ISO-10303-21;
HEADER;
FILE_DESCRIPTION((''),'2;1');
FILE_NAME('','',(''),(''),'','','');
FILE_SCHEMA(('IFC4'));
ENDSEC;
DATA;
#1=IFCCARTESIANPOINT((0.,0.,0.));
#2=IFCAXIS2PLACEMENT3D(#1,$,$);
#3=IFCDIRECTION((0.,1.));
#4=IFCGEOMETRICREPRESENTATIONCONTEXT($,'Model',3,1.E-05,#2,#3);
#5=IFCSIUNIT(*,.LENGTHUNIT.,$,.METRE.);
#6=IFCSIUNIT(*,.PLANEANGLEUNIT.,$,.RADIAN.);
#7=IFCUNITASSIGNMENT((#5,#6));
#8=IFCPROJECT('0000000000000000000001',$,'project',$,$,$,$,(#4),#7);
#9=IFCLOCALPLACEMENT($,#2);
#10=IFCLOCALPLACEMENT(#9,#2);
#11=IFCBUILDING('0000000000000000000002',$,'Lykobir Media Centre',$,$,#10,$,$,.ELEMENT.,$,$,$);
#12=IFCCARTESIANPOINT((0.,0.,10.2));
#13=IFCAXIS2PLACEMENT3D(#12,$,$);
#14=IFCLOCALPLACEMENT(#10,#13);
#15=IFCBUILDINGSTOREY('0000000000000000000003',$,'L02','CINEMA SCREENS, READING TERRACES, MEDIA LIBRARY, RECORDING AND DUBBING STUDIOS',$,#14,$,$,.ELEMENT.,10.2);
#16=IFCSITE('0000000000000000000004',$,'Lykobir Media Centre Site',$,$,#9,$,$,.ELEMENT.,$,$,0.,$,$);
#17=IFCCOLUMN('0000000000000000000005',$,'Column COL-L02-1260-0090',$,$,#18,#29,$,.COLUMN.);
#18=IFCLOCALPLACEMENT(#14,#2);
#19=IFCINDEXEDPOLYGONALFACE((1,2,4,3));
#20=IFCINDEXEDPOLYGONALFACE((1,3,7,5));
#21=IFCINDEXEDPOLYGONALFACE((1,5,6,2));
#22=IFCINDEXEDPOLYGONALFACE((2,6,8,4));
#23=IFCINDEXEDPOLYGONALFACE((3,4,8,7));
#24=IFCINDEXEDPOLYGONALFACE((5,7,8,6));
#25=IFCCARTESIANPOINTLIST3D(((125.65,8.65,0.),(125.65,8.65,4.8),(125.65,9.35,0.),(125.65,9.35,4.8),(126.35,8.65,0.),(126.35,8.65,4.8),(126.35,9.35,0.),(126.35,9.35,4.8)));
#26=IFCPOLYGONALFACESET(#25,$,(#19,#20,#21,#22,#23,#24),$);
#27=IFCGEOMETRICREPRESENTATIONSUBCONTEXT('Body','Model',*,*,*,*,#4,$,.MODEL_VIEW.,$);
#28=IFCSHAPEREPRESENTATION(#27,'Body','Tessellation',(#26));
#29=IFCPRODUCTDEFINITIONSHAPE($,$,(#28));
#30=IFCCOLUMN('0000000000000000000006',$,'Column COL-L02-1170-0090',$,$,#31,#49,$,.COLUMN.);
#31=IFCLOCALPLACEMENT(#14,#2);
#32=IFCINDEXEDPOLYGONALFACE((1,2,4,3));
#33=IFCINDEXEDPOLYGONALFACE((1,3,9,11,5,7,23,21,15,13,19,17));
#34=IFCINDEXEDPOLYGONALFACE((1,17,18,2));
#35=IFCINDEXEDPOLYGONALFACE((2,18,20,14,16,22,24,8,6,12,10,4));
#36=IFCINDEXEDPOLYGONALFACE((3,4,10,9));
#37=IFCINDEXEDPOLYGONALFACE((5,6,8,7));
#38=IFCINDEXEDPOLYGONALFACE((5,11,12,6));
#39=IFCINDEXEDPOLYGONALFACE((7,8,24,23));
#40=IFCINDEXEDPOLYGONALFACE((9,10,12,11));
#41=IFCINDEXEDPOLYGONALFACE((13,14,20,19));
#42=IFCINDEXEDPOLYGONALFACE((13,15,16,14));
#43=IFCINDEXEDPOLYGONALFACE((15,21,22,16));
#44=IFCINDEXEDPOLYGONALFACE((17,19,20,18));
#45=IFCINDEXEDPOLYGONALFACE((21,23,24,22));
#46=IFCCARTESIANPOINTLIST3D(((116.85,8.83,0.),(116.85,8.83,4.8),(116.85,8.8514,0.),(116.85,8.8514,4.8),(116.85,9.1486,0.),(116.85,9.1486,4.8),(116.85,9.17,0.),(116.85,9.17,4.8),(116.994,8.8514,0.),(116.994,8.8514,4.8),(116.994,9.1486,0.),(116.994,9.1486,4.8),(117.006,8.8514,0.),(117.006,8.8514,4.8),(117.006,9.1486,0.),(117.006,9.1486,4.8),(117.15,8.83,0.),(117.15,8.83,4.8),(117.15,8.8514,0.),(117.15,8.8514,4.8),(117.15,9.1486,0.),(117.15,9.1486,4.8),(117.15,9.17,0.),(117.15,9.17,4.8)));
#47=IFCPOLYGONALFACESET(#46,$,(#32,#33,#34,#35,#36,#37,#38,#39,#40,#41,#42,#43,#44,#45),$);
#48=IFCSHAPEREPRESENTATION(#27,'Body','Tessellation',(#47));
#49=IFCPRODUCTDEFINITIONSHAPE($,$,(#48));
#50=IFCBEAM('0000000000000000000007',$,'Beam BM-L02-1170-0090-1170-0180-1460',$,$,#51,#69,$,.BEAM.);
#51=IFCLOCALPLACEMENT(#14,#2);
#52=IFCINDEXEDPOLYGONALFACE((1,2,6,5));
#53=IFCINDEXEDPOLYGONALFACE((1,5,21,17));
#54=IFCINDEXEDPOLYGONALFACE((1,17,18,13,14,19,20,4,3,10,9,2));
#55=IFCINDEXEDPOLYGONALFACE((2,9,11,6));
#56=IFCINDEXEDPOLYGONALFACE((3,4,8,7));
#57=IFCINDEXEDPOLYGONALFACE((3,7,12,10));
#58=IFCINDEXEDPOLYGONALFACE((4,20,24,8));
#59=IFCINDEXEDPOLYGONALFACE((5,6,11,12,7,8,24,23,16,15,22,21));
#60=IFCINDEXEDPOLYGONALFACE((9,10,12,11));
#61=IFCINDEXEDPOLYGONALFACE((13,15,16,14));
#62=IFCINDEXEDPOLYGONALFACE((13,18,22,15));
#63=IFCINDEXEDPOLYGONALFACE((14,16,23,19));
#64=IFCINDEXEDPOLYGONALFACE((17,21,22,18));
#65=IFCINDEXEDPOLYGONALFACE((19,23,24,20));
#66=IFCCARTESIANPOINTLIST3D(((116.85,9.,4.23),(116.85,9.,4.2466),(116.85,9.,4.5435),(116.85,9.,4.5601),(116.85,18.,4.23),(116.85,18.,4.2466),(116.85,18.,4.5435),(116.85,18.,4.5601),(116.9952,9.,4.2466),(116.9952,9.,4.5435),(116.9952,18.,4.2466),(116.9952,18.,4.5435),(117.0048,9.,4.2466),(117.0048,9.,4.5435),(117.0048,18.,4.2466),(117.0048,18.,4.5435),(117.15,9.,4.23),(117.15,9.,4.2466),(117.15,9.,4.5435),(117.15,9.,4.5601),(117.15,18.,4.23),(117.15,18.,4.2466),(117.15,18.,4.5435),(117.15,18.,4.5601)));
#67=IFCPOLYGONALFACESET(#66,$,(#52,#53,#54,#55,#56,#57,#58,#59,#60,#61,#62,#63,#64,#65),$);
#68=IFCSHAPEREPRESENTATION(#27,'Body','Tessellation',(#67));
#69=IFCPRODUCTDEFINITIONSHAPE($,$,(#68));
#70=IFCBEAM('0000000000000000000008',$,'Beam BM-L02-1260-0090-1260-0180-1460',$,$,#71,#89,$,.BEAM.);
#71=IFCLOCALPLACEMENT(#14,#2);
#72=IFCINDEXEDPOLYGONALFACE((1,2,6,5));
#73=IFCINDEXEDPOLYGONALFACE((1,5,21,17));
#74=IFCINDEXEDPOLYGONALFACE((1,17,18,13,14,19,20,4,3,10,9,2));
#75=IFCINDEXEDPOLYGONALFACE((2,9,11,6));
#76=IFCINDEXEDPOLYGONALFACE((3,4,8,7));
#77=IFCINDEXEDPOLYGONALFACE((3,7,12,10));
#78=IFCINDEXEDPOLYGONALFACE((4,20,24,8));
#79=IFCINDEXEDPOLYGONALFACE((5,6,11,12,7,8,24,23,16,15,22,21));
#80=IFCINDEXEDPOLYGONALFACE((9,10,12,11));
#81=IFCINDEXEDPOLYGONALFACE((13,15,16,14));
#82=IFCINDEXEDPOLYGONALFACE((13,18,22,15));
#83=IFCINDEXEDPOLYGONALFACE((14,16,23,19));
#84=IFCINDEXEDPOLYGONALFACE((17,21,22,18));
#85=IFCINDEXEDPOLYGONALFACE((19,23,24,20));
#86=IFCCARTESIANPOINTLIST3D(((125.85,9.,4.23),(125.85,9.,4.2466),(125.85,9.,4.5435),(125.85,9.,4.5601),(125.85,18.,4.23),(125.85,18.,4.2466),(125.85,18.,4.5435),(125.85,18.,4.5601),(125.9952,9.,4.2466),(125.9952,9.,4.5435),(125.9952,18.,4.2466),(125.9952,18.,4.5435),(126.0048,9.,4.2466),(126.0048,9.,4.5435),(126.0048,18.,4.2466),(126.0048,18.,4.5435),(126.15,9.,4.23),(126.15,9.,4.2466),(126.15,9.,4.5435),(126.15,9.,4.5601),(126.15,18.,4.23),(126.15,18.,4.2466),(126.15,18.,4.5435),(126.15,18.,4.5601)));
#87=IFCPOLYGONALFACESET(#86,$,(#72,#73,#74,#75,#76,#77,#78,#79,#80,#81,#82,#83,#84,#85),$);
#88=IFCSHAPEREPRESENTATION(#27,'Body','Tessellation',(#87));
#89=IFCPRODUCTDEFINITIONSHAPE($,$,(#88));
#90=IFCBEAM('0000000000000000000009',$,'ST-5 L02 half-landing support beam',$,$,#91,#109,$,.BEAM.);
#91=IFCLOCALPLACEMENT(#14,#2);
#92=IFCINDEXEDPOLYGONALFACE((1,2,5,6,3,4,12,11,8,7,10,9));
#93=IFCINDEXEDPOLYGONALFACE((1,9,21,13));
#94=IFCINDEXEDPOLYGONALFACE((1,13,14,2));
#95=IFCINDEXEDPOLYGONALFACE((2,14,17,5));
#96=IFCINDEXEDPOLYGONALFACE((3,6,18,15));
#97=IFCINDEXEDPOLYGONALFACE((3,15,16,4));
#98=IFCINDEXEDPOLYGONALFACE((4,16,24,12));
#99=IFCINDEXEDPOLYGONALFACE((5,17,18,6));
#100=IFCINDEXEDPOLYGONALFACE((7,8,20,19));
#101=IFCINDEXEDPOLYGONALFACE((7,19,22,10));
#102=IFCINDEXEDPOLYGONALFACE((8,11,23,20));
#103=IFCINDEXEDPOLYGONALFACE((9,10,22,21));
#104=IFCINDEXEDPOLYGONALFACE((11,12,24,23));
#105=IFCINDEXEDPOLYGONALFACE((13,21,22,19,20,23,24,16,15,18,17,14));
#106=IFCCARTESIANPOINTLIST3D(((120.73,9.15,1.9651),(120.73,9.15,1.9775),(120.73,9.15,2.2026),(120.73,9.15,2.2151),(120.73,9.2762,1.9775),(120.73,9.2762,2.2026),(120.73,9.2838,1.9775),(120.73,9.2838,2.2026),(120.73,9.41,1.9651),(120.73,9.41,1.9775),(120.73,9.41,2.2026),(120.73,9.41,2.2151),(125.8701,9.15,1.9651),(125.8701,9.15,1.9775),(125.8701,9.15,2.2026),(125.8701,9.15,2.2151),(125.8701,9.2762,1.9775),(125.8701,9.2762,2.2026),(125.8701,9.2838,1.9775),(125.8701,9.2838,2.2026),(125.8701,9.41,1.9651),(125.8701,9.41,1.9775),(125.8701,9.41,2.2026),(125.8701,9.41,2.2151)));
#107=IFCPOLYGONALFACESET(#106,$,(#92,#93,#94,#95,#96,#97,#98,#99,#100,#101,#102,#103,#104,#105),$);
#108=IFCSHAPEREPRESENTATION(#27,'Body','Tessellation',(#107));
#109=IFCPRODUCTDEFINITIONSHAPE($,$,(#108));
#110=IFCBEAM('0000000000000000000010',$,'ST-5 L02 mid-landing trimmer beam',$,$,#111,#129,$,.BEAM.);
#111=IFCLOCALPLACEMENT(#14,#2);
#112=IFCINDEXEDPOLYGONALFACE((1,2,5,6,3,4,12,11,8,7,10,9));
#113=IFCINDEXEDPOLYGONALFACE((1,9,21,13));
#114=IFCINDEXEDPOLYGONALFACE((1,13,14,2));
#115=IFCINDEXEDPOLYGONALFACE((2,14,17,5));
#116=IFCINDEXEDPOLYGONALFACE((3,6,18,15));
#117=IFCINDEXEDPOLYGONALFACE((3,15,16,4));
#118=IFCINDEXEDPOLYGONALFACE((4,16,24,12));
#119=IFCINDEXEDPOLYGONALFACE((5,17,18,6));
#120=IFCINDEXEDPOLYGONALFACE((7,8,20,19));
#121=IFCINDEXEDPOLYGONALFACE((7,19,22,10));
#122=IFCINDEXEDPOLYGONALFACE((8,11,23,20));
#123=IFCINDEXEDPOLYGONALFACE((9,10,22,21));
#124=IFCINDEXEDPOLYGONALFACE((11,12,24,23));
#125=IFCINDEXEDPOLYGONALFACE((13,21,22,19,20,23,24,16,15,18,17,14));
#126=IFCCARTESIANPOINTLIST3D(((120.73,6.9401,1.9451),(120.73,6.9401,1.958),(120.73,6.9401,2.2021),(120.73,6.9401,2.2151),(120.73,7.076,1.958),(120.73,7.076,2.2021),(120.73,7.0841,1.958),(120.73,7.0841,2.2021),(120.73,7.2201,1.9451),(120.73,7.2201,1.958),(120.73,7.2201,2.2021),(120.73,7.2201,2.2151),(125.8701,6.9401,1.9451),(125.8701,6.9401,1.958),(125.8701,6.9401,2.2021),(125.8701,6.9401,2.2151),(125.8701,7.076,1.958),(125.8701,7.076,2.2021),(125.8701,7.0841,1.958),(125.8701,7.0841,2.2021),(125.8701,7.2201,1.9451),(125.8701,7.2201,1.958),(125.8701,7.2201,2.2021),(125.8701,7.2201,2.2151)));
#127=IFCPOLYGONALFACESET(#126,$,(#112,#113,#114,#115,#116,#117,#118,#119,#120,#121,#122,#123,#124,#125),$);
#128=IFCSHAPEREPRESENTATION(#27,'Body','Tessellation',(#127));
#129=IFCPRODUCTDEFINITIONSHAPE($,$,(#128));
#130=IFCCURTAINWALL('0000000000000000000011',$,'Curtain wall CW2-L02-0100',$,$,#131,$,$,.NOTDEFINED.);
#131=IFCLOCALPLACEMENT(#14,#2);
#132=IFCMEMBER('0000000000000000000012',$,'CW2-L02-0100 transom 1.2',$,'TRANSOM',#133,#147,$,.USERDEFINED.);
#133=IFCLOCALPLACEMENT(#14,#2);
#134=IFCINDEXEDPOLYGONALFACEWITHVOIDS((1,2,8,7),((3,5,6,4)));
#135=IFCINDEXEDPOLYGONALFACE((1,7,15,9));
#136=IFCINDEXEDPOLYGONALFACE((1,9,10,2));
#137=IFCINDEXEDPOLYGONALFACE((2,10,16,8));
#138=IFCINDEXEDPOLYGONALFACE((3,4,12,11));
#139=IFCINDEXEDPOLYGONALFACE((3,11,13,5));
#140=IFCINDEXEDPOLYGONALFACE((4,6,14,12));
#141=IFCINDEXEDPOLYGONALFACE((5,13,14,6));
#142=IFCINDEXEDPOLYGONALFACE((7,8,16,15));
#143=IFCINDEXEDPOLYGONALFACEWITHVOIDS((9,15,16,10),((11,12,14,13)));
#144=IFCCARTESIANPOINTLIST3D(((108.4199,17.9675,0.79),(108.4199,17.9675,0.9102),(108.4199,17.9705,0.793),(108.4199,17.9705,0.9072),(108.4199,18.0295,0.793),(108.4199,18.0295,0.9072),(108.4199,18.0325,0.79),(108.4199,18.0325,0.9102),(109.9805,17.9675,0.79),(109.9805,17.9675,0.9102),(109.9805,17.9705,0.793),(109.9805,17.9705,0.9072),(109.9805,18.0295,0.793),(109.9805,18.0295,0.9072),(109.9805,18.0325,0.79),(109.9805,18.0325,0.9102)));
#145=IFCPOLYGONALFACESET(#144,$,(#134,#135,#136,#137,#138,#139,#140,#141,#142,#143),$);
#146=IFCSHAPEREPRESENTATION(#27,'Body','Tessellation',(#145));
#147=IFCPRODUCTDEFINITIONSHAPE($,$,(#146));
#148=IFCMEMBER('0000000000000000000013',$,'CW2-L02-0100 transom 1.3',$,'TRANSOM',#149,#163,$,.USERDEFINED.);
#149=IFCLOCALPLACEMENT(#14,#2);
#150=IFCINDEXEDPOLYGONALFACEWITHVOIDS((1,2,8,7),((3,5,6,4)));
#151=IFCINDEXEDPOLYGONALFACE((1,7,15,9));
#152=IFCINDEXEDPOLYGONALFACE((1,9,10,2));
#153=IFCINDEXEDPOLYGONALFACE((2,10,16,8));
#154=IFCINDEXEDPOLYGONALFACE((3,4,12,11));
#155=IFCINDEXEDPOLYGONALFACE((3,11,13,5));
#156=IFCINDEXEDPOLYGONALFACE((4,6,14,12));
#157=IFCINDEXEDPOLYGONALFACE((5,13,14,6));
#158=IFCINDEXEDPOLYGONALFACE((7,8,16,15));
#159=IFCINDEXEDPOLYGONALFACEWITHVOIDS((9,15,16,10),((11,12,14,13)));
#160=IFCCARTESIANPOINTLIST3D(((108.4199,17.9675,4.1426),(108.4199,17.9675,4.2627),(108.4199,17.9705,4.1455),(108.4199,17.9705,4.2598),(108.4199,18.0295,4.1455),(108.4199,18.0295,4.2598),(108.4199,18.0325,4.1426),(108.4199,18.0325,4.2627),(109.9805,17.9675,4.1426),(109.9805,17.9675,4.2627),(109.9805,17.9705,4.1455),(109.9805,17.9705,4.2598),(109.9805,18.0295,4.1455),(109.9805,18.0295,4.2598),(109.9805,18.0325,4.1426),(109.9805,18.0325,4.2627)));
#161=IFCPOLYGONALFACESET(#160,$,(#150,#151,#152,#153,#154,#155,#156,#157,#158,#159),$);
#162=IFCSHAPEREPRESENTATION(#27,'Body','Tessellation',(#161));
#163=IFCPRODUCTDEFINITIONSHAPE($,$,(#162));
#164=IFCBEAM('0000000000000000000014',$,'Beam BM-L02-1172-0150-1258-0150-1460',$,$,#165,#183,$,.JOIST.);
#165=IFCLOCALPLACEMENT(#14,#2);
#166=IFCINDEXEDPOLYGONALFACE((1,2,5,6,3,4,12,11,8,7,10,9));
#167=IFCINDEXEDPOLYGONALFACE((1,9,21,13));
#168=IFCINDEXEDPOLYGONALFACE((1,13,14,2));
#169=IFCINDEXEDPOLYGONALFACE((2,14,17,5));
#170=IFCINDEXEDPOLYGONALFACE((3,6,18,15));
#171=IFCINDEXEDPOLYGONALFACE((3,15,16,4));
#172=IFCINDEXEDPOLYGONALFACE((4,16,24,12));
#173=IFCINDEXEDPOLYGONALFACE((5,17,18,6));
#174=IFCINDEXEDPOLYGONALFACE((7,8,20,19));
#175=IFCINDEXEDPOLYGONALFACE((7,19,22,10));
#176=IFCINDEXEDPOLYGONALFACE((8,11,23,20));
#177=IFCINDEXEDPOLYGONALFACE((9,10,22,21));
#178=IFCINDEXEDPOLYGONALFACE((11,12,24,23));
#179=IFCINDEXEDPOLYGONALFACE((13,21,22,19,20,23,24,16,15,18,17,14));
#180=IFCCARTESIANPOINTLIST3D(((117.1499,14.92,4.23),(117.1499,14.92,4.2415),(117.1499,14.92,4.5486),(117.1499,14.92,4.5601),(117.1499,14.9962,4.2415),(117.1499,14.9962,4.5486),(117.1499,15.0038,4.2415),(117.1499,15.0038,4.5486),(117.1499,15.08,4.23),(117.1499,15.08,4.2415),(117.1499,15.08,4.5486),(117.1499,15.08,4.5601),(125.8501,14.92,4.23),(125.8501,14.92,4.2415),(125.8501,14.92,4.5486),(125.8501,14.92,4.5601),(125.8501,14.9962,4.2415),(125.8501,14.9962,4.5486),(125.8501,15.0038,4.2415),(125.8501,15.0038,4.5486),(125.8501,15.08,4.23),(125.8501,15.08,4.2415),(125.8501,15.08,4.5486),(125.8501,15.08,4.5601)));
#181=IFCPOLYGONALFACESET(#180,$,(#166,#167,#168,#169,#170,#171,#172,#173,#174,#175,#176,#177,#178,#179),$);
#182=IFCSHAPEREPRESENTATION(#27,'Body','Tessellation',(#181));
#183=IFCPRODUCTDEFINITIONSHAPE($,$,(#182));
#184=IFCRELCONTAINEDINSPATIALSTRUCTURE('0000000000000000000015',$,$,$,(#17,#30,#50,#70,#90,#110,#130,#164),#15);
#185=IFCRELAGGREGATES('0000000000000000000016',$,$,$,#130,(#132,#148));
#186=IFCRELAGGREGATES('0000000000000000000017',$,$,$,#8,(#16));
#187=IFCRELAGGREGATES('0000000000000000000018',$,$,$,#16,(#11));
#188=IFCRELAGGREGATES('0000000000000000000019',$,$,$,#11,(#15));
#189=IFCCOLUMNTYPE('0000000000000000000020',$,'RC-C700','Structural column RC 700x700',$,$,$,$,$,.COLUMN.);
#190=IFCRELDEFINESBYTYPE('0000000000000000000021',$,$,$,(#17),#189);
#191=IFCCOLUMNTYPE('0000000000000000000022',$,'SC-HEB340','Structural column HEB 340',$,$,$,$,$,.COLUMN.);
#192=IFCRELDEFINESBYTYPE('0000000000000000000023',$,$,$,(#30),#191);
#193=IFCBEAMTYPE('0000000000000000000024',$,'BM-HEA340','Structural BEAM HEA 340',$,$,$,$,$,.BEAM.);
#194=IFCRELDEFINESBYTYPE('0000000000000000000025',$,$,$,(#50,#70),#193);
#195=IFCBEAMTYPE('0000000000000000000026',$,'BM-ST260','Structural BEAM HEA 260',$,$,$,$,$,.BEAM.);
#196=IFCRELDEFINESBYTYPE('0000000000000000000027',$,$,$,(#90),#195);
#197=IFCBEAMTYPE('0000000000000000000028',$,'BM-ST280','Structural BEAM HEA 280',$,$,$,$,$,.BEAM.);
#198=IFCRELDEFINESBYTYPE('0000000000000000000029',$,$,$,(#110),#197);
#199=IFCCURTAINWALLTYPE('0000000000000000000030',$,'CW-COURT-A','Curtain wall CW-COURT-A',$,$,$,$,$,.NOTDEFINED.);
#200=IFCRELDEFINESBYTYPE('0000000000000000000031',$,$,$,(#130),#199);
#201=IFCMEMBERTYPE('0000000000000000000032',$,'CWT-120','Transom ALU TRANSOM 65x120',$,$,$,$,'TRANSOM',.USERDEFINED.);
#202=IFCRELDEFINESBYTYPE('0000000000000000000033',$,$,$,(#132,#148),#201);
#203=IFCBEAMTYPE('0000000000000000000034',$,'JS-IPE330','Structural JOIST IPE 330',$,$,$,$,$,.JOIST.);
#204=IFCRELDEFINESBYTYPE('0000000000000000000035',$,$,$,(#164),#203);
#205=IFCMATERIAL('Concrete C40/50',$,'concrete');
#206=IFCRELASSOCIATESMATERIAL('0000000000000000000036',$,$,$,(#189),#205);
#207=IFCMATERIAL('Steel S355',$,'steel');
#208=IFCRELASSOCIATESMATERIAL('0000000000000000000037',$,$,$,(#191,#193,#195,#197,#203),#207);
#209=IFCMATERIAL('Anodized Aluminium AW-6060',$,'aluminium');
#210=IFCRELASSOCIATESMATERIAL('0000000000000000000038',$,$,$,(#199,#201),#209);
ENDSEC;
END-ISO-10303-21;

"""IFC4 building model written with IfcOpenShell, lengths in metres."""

from ifc_helpers import new_model, si_unit, direction, frame, origin, origin_2d, place, context, subcontext, project, spatial, rectangle, hollow_rectangle, i_section, extrude, material, material_profile, profile_set, type_object, element, aggregate, save


model = new_model("IFC4")

# Units and contexts
model_context = context("Model", 3, precision=1e-05, world=origin(), true_north=direction((0.0, 1.0)))
body_context = subcontext(model_context, "Body", "Model", "MODEL_VIEW")
ifc_project = project(units=[si_unit("LENGTHUNIT", "METRE"), si_unit("PLANEANGLEUNIT", "RADIAN")], contexts=[model_context])

# Site, building, storey
site_placement = place(None, origin())
site = spatial("IfcSite", under=ifc_project, at=site_placement, Name="Lykobir Media Centre Site", CompositionType="ELEMENT", RefElevation=0.0)
building_placement = place(site_placement, origin())
building = spatial("IfcBuilding", under=site, at=building_placement, Name="Lykobir Media Centre", CompositionType="ELEMENT")
storey_placement = place(building_placement, frame((0.0, 0.0, 10.2)))
storey = spatial("IfcBuildingStorey", under=building, at=storey_placement, Name="L02", Description="CINEMA SCREENS, READING TERRACES, MEDIA LIBRARY, RECORDING AND DUBBING STUDIOS", CompositionType="ELEMENT", Elevation=10.2)

# Columns
ifc_material_1 = material(Name="Concrete C40/50", Category="concrete")
ifc_material_profile_1 = material_profile(ifc_material_1, rectangle(XDim=0.7, YDim=0.7, at=origin_2d()), Name="RC 700x700")
ifc_profile_set_1 = profile_set([ifc_material_profile_1], Name="Concrete C40/50")
column_type_1 = type_object("IfcColumnType", Name="RC-C700", Description="Structural column RC 700x700", PredefinedType="COLUMN", material=ifc_profile_set_1)
column_1_placement = place(storey_placement, frame((126.0, 9.0, 0.0), z_axis=(0.0, 0.0, 1.0), x_axis=(1.0, 0.0, 0.0)))
element("IfcColumn", 1, at=column_1_placement, inside=storey, type_object=column_type_1, Name="Column COL-L02-1260-0090", PredefinedType="COLUMN", context=body_context, shape_type="SweptSolid", body=[
    extrude(rectangle(XDim=0.7, YDim=0.7, at=origin_2d()), origin(), (0.0, 0.0, 1.0), 4.8),
])
ifc_material_2 = material(Name="Steel S355", Category="steel")
ifc_material_profile_2 = material_profile(ifc_material_2, i_section(OverallWidth=0.3, OverallDepth=0.3401, WebThickness=0.012, FlangeThickness=0.0215, at=origin_2d()), Name="HEB 340")
ifc_profile_set_2 = profile_set([ifc_material_profile_2], Name="Steel S355")
column_type_2 = type_object("IfcColumnType", Name="SC-HEB340", Description="Structural column HEB 340", PredefinedType="COLUMN", material=ifc_profile_set_2)
column_2_placement = place(storey_placement, frame((117.0, 9.0, 0.0), z_axis=(0.0, 0.0, 1.0), x_axis=(1.0, 0.0, 0.0)))
element("IfcColumn", 2, at=column_2_placement, inside=storey, type_object=column_type_2, Name="Column COL-L02-1170-0090", PredefinedType="COLUMN", context=body_context, shape_type="SweptSolid", body=[
    extrude(i_section(OverallWidth=0.3, OverallDepth=0.3401, WebThickness=0.012, FlangeThickness=0.0215, at=origin_2d()), origin(), (0.0, 0.0, 1.0), 4.8),
])

# Beams
ifc_material_profile_3 = material_profile(ifc_material_2, i_section(OverallWidth=0.3, OverallDepth=0.3301, WebThickness=0.0095, FlangeThickness=0.0166, at=origin_2d()), Name="HEA 340")
ifc_profile_set_3 = profile_set([ifc_material_profile_3], Name="Steel S355")
beam_type_1 = type_object("IfcBeamType", Name="BM-HEA340", Description="Structural BEAM HEA 340", PredefinedType="BEAM", material=ifc_profile_set_3)
for number, where, z_axis, x_axis, name in (
    (3, (117.0, 9.0, 4.395), (0.0, 1.0, 0.0), (-1.0, 0.0, 0.0), "Beam BM-L02-1170-0090-1170-0180-1460"),
    (4, (126.0, 9.0, 4.395), (0.0, 1.0, 0.0), (-1.0, 0.0, 0.0), "Beam BM-L02-1260-0090-1260-0180-1460"),
):
    element("IfcBeam", number, at=place(storey_placement, frame(where, z_axis=z_axis, x_axis=x_axis)), inside=storey, type_object=beam_type_1, Name=name, PredefinedType="BEAM", context=body_context, shape_type="SweptSolid", body=[
        extrude(i_section(OverallWidth=0.3, OverallDepth=0.3301, WebThickness=0.0095, FlangeThickness=0.0166, at=origin_2d()), origin(), (0.0, 0.0, 1.0), 9.0),
    ])
ifc_material_profile_4 = material_profile(ifc_material_2, i_section(OverallWidth=0.26, OverallDepth=0.25, WebThickness=0.0076, FlangeThickness=0.0125, at=origin_2d()), Name="HEA 260")
ifc_profile_set_4 = profile_set([ifc_material_profile_4], Name="Steel S355")
beam_type_2 = type_object("IfcBeamType", Name="BM-ST260", Description="Structural BEAM HEA 260", PredefinedType="BEAM", material=ifc_profile_set_4)
beam_1_placement = place(storey_placement, frame((120.73, 9.28, 2.0901), z_axis=(1.0, 0.0, 0.0), x_axis=(0.0, 1.0, 0.0)))
element("IfcBeam", 5, at=beam_1_placement, inside=storey, type_object=beam_type_2, Name="ST-5 L02 half-landing support beam", PredefinedType="BEAM", context=body_context, shape_type="SweptSolid", body=[
    extrude(i_section(OverallWidth=0.26, OverallDepth=0.25, WebThickness=0.0076, FlangeThickness=0.0125, at=origin_2d()), origin(), (0.0, 0.0, 1.0), 5.1401),
])
ifc_material_profile_5 = material_profile(ifc_material_2, i_section(OverallWidth=0.28, OverallDepth=0.27, WebThickness=0.0081, FlangeThickness=0.0129, at=origin_2d()), Name="HEA 280")
ifc_profile_set_5 = profile_set([ifc_material_profile_5], Name="Steel S355")
beam_type_3 = type_object("IfcBeamType", Name="BM-ST280", Description="Structural BEAM HEA 280", PredefinedType="BEAM", material=ifc_profile_set_5)
beam_2_placement = place(storey_placement, frame((120.73, 7.0801, 2.0801), z_axis=(1.0, 0.0, 0.0), x_axis=(0.0, 1.0, 0.0)))
element("IfcBeam", 6, at=beam_2_placement, inside=storey, type_object=beam_type_3, Name="ST-5 L02 mid-landing trimmer beam", PredefinedType="BEAM", context=body_context, shape_type="SweptSolid", body=[
    extrude(i_section(OverallWidth=0.28, OverallDepth=0.27, WebThickness=0.0081, FlangeThickness=0.0129, at=origin_2d()), origin(), (0.0, 0.0, 1.0), 5.1401),
])

# Curtain wall, members
ifc_material_3 = material(Name="Anodized Aluminium AW-6060", Category="aluminium")
curtain_wall_type = type_object("IfcCurtainWallType", Name="CW-COURT-A", Description="Curtain wall CW-COURT-A", PredefinedType="NOTDEFINED", material=ifc_material_3)
curtain_wall_placement = place(storey_placement, origin())
curtain_wall = element("IfcCurtainWall", 7, at=curtain_wall_placement, inside=storey, type_object=curtain_wall_type, Name="Curtain wall CW2-L02-0100", PredefinedType="NOTDEFINED")
ifc_material_profile_6 = material_profile(ifc_material_3, hollow_rectangle(XDim=0.0649, YDim=0.1201, WallThickness=0.0029, at=origin_2d()), Name="ALU TRANSOM 65x120")
ifc_profile_set_6 = profile_set([ifc_material_profile_6], Name="Anodized Aluminium AW-6060")
member_type = type_object("IfcMemberType", Name="CWT-120", Description="Transom ALU TRANSOM 65x120", ElementType="TRANSOM", PredefinedType="USERDEFINED", material=ifc_profile_set_6)
member_1_placement = place(storey_placement, frame((108.4199, 18.0, 0.8501), z_axis=(1.0, 0.0, 0.0), x_axis=(0.0, 1.0, 0.0)))
member_1 = element("IfcMember", 8, at=member_1_placement, type_object=member_type, Name="CW2-L02-0100 transom 1.2", ObjectType="TRANSOM", PredefinedType="USERDEFINED", context=body_context, shape_type="SweptSolid", body=[
    extrude(hollow_rectangle(XDim=0.0649, YDim=0.1201, WallThickness=0.0029, at=origin_2d()), origin(), (0.0, 0.0, 1.0), 1.5605),
])
member_2_placement = place(storey_placement, frame((108.4199, 18.0, 4.2026), z_axis=(1.0, 0.0, 0.0), x_axis=(0.0, 1.0, 0.0)))
member_2 = element("IfcMember", 9, at=member_2_placement, type_object=member_type, Name="CW2-L02-0100 transom 1.3", ObjectType="TRANSOM", PredefinedType="USERDEFINED", context=body_context, shape_type="SweptSolid", body=[
    extrude(hollow_rectangle(XDim=0.0649, YDim=0.1201, WallThickness=0.0029, at=origin_2d()), origin(), (0.0, 0.0, 1.0), 1.5605),
])

# Beam
ifc_material_profile_7 = material_profile(ifc_material_2, i_section(OverallWidth=0.1599, OverallDepth=0.3301, WebThickness=0.0076, FlangeThickness=0.0115, at=origin_2d()), Name="IPE 330")
ifc_profile_set_7 = profile_set([ifc_material_profile_7], Name="Steel S355")
beam_type_4 = type_object("IfcBeamType", Name="JS-IPE330", Description="Structural JOIST IPE 330", PredefinedType="JOIST", material=ifc_profile_set_7)
beam_3_placement = place(storey_placement, frame((117.1499, 15.0, 4.395), z_axis=(1.0, 0.0, 0.0), x_axis=(0.0, 1.0, 0.0)))
element("IfcBeam", 10, at=beam_3_placement, inside=storey, type_object=beam_type_4, Name="Beam BM-L02-1172-0150-1258-0150-1460", PredefinedType="JOIST", context=body_context, shape_type="SweptSolid", body=[
    extrude(i_section(OverallWidth=0.1599, OverallDepth=0.3301, WebThickness=0.0076, FlangeThickness=0.0115, at=origin_2d()), origin(), (0.0, 0.0, 1.0), 8.7002),
])

aggregate(curtain_wall, [member_1, member_2])

save(model, "model.ifc")
